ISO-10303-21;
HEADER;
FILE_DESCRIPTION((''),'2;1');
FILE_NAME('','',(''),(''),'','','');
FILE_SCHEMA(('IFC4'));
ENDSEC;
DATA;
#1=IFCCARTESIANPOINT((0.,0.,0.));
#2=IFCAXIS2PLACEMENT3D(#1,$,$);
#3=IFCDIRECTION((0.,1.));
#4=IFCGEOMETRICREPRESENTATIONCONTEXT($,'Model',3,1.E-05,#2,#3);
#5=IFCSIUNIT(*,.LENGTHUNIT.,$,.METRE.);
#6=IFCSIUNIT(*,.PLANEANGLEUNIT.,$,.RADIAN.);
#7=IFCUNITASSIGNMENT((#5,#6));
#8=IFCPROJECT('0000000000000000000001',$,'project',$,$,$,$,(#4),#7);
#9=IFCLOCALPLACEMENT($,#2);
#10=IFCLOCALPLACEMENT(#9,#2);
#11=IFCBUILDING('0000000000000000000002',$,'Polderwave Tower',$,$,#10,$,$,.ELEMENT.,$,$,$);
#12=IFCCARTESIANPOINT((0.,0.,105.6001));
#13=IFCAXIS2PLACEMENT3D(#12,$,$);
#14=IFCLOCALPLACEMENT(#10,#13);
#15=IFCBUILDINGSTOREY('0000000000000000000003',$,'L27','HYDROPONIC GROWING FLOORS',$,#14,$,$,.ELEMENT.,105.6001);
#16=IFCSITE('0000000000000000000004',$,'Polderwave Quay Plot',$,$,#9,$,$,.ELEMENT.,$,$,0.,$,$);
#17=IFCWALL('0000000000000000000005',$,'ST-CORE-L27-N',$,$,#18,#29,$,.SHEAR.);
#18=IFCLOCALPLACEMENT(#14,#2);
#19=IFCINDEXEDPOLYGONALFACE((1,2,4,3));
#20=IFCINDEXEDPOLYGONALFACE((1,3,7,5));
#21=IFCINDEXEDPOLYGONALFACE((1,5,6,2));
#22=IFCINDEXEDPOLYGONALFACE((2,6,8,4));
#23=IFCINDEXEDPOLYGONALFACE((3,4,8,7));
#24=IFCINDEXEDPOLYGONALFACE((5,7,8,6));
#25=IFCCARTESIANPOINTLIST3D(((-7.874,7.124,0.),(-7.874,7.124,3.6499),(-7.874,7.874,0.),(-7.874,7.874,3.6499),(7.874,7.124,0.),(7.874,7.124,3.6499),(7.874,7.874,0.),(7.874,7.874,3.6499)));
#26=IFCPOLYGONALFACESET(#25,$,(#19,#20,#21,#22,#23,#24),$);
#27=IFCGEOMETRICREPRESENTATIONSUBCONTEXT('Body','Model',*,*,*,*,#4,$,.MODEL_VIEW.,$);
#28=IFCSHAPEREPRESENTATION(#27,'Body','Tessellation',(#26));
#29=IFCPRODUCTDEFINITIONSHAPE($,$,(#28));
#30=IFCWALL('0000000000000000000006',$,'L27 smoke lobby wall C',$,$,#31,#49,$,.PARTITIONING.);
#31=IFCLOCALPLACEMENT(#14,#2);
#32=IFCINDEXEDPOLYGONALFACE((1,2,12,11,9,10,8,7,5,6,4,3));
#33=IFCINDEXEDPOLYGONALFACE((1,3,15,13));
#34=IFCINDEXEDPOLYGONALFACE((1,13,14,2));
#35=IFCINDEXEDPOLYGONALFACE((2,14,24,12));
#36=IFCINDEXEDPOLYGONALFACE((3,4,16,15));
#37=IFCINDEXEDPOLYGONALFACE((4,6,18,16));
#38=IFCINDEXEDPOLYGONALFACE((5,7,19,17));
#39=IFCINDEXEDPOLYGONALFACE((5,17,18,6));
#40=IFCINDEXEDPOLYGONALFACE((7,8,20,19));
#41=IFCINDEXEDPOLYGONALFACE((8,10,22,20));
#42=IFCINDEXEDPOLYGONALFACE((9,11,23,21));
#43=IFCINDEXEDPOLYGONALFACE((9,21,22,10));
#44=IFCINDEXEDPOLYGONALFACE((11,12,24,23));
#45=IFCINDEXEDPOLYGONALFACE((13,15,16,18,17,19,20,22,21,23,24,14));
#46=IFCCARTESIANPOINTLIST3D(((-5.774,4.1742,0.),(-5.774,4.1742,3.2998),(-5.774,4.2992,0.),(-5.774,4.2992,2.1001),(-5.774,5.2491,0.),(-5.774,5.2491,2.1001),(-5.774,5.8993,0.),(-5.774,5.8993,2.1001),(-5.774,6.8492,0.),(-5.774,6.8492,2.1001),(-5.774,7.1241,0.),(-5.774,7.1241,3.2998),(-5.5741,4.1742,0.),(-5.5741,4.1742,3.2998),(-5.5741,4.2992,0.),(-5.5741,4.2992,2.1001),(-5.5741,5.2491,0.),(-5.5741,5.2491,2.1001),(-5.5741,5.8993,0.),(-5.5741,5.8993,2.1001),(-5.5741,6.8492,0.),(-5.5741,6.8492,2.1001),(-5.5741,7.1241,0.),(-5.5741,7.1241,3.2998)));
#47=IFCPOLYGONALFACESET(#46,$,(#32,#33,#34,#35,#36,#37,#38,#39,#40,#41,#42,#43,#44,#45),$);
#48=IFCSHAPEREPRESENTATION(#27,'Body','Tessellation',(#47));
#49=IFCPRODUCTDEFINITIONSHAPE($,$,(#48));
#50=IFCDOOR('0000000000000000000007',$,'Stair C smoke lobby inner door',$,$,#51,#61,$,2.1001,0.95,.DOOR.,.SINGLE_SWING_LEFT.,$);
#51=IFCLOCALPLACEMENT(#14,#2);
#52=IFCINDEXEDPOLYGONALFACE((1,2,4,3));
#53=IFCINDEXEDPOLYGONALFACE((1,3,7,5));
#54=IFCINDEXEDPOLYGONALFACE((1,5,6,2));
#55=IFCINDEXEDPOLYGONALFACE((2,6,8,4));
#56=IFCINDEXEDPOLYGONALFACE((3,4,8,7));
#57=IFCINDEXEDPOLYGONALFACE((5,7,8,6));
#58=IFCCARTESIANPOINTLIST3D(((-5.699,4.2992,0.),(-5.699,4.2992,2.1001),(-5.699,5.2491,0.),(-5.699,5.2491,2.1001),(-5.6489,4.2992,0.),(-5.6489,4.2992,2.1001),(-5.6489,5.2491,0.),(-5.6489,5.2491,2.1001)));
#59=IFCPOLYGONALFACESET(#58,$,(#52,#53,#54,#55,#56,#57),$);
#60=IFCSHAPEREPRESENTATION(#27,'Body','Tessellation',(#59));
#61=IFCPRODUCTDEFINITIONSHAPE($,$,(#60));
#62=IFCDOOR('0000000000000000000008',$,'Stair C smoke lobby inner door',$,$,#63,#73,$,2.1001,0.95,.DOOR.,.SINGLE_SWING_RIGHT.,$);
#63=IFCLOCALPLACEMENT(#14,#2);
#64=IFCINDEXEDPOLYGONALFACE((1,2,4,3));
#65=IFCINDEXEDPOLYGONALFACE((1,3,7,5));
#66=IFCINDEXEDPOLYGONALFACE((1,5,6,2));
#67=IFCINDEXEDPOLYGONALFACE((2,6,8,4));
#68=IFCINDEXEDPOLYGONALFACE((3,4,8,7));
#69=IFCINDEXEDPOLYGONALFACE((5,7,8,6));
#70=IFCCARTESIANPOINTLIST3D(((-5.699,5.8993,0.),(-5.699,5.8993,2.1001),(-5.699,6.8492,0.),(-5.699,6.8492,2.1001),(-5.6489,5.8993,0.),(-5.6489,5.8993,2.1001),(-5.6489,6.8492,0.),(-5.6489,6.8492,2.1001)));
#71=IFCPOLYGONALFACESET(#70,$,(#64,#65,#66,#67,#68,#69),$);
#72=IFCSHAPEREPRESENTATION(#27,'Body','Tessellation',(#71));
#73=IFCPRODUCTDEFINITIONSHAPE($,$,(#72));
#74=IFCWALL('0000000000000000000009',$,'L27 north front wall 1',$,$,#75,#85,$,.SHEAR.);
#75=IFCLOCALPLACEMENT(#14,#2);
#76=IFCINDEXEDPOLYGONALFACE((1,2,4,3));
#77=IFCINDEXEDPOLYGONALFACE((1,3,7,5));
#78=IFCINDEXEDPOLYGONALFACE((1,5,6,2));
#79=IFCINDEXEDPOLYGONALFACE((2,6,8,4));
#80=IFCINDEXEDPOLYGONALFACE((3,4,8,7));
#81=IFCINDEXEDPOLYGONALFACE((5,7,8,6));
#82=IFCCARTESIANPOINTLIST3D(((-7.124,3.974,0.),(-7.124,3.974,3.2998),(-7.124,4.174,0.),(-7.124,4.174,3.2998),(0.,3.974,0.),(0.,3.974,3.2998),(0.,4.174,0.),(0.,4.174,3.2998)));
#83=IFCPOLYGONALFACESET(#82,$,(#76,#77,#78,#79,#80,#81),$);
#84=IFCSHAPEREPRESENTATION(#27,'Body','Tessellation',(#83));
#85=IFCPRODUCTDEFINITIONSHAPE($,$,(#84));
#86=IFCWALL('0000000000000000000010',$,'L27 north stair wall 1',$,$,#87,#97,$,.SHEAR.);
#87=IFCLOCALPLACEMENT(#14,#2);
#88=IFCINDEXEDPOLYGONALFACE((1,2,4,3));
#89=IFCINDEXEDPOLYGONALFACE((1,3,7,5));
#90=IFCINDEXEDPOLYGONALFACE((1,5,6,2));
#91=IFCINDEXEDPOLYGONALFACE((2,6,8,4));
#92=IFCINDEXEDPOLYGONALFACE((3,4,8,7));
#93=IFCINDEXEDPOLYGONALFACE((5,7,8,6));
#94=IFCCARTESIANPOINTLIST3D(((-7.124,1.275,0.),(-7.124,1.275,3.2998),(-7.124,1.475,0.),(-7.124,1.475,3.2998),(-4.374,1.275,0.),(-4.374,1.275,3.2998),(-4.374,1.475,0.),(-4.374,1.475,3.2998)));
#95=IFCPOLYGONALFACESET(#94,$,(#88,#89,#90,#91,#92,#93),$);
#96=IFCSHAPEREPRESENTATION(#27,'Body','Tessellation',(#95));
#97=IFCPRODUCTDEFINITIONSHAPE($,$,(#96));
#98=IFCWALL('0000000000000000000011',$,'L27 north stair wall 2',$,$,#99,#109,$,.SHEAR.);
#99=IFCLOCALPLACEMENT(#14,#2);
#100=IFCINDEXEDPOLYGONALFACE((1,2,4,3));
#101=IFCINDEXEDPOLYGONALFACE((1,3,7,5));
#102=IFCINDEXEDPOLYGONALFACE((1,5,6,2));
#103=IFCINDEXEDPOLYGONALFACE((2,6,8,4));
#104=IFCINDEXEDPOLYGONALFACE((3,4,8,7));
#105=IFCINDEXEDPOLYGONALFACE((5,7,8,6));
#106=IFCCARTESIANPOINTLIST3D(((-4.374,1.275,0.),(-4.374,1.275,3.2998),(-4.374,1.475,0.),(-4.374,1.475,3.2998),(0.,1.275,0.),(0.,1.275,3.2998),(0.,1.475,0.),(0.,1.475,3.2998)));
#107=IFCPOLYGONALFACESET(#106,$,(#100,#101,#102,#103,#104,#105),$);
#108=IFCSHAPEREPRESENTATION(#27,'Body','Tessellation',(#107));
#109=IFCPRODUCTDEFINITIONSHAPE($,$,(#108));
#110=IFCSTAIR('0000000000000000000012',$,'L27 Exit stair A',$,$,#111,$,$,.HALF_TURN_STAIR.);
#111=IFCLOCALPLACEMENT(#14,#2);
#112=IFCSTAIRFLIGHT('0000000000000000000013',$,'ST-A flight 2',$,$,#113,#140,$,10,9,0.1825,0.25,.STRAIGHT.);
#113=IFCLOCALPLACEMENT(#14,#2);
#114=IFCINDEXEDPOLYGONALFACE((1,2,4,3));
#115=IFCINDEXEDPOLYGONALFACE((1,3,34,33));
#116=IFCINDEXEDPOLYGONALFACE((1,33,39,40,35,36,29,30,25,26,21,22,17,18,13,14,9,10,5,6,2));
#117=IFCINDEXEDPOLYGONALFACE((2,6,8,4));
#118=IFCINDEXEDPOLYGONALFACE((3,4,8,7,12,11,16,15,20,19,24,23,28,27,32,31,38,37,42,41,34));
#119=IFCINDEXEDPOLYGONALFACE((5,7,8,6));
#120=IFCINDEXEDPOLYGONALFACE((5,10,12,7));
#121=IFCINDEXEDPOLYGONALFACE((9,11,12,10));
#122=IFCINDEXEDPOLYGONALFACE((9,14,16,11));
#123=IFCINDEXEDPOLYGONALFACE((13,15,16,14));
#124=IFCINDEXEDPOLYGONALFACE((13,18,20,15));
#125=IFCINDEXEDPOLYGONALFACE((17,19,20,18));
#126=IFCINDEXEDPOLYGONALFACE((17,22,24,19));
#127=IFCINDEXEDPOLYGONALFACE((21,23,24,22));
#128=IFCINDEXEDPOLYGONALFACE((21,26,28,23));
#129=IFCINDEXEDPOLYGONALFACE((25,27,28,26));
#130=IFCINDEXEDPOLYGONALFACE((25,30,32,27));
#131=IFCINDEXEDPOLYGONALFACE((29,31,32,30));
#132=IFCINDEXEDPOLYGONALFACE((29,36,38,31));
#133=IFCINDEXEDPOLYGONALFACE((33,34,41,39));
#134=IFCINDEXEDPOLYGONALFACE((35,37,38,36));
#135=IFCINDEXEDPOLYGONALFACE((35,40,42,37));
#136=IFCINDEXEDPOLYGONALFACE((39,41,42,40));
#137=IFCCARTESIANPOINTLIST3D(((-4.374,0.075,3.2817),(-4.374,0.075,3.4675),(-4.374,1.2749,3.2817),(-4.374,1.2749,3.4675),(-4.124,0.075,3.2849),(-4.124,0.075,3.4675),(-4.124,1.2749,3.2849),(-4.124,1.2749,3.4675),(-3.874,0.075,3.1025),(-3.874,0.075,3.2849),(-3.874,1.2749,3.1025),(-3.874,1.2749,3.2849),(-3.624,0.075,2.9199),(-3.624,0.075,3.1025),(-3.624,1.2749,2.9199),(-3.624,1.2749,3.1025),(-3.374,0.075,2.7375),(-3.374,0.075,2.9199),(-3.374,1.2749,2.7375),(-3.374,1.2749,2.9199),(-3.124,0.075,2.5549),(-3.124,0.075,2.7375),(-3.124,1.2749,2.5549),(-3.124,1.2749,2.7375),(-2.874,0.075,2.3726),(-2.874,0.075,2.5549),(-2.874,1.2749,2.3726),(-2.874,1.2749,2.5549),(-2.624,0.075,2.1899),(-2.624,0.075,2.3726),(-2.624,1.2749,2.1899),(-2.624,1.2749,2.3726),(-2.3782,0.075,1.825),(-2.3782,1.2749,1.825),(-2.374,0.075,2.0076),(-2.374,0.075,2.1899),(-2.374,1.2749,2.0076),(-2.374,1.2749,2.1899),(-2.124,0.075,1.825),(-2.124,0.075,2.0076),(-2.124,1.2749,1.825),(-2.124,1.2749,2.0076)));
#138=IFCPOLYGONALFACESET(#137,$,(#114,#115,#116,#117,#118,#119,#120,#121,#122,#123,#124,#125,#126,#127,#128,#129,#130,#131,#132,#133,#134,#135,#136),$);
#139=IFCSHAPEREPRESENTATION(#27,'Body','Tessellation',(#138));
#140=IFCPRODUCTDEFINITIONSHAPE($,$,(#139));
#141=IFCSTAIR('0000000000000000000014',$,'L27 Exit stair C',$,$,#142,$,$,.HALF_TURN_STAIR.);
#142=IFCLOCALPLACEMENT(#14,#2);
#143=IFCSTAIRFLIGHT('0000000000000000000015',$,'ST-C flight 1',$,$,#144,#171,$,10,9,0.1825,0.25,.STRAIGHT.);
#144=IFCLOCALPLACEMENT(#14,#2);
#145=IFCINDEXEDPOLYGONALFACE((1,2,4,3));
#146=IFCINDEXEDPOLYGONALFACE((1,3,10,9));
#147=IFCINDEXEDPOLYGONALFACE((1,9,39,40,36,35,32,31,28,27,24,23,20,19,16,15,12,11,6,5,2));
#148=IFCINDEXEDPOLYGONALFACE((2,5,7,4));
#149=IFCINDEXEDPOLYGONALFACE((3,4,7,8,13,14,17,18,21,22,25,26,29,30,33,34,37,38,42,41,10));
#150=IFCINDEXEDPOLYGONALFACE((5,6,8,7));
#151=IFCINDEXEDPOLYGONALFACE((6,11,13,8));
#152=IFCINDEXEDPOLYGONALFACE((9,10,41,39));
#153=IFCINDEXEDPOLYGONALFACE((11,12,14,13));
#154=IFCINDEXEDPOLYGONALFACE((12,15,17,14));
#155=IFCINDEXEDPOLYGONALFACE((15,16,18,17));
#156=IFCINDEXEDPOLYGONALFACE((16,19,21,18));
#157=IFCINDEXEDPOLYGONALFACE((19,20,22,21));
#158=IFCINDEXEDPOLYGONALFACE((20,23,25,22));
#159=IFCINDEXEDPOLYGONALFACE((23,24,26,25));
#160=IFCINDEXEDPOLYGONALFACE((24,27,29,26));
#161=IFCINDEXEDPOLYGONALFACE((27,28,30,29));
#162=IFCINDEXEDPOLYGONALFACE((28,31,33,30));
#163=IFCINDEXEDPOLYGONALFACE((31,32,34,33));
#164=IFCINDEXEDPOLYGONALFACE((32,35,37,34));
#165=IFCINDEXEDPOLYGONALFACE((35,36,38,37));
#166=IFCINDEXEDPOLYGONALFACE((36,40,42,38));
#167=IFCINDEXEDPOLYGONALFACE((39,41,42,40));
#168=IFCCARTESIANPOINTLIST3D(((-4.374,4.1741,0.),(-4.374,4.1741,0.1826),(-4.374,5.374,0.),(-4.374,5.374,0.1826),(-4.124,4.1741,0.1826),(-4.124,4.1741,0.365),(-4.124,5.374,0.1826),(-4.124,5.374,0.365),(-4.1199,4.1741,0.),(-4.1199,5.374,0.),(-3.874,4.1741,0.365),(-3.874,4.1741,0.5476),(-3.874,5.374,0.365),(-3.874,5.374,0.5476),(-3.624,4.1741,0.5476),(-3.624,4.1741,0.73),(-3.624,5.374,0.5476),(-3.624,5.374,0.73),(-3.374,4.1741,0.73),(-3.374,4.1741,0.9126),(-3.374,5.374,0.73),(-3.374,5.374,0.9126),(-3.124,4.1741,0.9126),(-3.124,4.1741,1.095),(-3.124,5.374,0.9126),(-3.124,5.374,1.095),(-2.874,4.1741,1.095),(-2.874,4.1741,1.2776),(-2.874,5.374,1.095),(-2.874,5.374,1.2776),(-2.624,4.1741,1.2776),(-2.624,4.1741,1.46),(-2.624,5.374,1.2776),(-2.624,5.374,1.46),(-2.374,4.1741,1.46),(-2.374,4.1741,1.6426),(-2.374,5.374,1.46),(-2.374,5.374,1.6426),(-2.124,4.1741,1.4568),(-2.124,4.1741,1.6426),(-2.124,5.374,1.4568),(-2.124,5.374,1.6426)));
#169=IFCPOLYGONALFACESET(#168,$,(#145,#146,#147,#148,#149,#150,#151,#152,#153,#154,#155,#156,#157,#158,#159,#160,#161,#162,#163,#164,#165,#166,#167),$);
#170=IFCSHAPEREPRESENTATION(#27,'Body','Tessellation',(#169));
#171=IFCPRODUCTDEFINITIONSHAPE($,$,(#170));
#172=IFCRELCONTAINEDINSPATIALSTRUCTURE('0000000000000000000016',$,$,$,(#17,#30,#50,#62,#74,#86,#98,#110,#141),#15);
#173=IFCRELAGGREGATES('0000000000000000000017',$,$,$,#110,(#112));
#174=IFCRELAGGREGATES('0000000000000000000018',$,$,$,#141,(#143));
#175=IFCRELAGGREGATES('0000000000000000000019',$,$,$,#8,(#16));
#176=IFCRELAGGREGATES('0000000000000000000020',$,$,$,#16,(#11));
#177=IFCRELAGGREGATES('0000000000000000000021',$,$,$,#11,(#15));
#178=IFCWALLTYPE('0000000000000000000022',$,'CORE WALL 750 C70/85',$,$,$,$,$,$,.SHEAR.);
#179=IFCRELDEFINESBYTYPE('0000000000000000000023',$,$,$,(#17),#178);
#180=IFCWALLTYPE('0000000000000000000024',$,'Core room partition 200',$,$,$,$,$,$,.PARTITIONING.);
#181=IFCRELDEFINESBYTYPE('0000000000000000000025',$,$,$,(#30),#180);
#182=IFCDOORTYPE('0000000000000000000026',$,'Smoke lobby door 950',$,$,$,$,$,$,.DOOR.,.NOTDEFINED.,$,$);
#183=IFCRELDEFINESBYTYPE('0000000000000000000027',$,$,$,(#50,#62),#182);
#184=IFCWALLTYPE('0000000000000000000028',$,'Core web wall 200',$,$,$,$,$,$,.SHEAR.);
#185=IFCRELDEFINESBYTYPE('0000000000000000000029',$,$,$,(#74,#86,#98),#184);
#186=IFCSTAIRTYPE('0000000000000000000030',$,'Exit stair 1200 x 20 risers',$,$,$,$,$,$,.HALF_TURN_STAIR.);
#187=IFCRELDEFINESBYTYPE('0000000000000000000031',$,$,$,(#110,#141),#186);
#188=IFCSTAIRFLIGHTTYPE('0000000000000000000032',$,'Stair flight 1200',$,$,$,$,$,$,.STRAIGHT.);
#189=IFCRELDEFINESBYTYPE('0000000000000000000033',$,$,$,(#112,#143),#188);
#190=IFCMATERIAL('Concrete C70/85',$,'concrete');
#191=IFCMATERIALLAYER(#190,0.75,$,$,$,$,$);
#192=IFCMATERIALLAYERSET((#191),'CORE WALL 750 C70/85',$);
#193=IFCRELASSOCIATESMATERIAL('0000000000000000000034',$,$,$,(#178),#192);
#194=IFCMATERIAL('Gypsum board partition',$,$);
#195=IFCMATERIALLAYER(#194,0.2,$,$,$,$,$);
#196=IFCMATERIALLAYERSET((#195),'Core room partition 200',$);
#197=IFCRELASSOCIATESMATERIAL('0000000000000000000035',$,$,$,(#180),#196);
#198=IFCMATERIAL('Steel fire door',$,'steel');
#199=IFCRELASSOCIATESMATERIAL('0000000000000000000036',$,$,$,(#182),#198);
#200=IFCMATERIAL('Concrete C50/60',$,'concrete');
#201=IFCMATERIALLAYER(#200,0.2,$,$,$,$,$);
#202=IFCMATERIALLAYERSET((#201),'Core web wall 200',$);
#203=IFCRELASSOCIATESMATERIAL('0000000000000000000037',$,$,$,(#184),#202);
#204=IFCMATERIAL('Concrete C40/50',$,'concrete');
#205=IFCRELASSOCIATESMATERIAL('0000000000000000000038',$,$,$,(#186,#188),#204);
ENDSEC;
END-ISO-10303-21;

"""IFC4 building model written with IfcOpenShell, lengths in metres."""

from ifc_helpers import new_model, si_unit, direction, frame, frame_2d, origin, place, context, subcontext, project, spatial, polyline, rectangle, outline, extrude, material, layer, layer_set, type_object, element, fill, aggregate, save


model = new_model("IFC4")

# Units and contexts
model_context = context("Model", 3, precision=1e-05, world=origin(), true_north=direction((0.0, 1.0)))
body_context = subcontext(model_context, "Body", "Model", "MODEL_VIEW")
ifc_project = project(units=[si_unit("LENGTHUNIT", "METRE"), si_unit("PLANEANGLEUNIT", "RADIAN")], contexts=[model_context])

# Site, building, storey
site_placement = place(None, origin())
site = spatial("IfcSite", under=ifc_project, at=site_placement, Name="Polderwave Quay Plot", CompositionType="ELEMENT", RefElevation=0.0)
building_placement = place(site_placement, origin())
building = spatial("IfcBuilding", under=site, at=building_placement, Name="Polderwave Tower", CompositionType="ELEMENT")
storey_placement = place(building_placement, frame((0.0, 0.0, 105.6001)))
storey = spatial("IfcBuildingStorey", under=building, at=storey_placement, Name="L27", Description="HYDROPONIC GROWING FLOORS", CompositionType="ELEMENT", Elevation=105.6001)

# Wall
ifc_material_1 = material(Name="Concrete C70/85", Category="concrete")
ifc_layer_1 = layer(ifc_material_1, 0.75)
ifc_layer_set_1 = layer_set([ifc_layer_1], Name="CORE WALL 750 C70/85")
wall_type_1 = type_object("IfcWallType", Name="CORE WALL 750 C70/85", PredefinedType="SHEAR", material=ifc_layer_set_1)
wall_1_placement = place(storey_placement, frame((-7.874, 7.499, 0.0), z_axis=(0.0, 0.0, 1.0), x_axis=(1.0, 0.0, 0.0)))
element("IfcWall", 1, at=wall_1_placement, inside=storey, type_object=wall_type_1, Name="ST-CORE-L27-N", PredefinedType="SHEAR", context=body_context, shape_type="SweptSolid", body=[
    extrude(rectangle(XDim=15.748, YDim=0.75, at=frame_2d((7.874, 0.0))), origin(), (0.0, 0.0, 1.0), 3.6499),
])

# Wall, openings, doors
ifc_material_2 = material(Name="Gypsum board partition")
ifc_layer_2 = layer(ifc_material_2, 0.2)
ifc_layer_set_2 = layer_set([ifc_layer_2], Name="Core room partition 200")
wall_type_2 = type_object("IfcWallType", Name="Core room partition 200", PredefinedType="PARTITIONING", material=ifc_layer_set_2)
wall_2_placement = place(storey_placement, frame((-5.6741, 4.1741, 0.0), z_axis=(0.0, 0.0, 1.0), x_axis=(0.0, 1.0, 0.0)))
wall_2 = element("IfcWall", 2, at=wall_2_placement, inside=storey, type_object=wall_type_2, Name="L27 smoke lobby wall C", PredefinedType="PARTITIONING", context=body_context, shape_type="SweptSolid", body=[
    extrude(rectangle(XDim=2.95, YDim=0.2, at=frame_2d((1.4751, 0.0))), origin(), (0.0, 0.0, 1.0), 3.2998),
])
opening_1_placement = place(wall_2_placement, frame((0.125, 0.0, 0.0)))
opening_1 = element("IfcOpeningElement", 3, at=opening_1_placement, cuts=wall_2, PredefinedType="OPENING", context=body_context, shape_type="SweptSolid", body=[
    extrude(rectangle(XDim=0.95, YDim=2.1001, at=frame_2d((0.4751, 1.05))), frame((0.0, 0.1099, 0.0), z_axis=(0.0, -1.0, 0.0), x_axis=(1.0, 0.0, 0.0)), (0.0, 0.0, 1.0), 0.22),
])
opening_2_placement = place(wall_2_placement, frame((1.7251, 0.0, 0.0)))
opening_2 = element("IfcOpeningElement", 4, at=opening_2_placement, cuts=wall_2, PredefinedType="OPENING", context=body_context, shape_type="SweptSolid", body=[
    extrude(rectangle(XDim=0.95, YDim=2.1001, at=frame_2d((0.4751, 1.05))), frame((0.0, 0.1099, 0.0), z_axis=(0.0, -1.0, 0.0), x_axis=(1.0, 0.0, 0.0)), (0.0, 0.0, 1.0), 0.22),
])
ifc_material_3 = material(Name="Steel fire door", Category="steel")
door_type = type_object("IfcDoorType", Name="Smoke lobby door 950", OperationType="NOTDEFINED", PredefinedType="DOOR", material=ifc_material_3)
door_1_placement = place(opening_1_placement, origin())
door_1 = element("IfcDoor", 5, at=door_1_placement, inside=storey, type_object=door_type, Name="Stair C smoke lobby inner door", OperationType="SINGLE_SWING_LEFT", OverallHeight=2.1001, OverallWidth=0.95, PredefinedType="DOOR", context=body_context, shape_type="SweptSolid", body=[
    extrude(rectangle(XDim=0.95, YDim=2.1001, at=frame_2d((0.4751, 1.05))), frame((0.0, 0.0249, 0.0), z_axis=(0.0, -1.0, 0.0), x_axis=(1.0, 0.0, 0.0)), (0.0, 0.0, 1.0), 0.05),
])
fill(opening_1, door_1)
door_2_placement = place(opening_2_placement, origin())
door_2 = element("IfcDoor", 6, at=door_2_placement, inside=storey, type_object=door_type, Name="Stair C smoke lobby inner door", OperationType="SINGLE_SWING_RIGHT", OverallHeight=2.1001, OverallWidth=0.95, PredefinedType="DOOR", context=body_context, shape_type="SweptSolid", body=[
    extrude(rectangle(XDim=0.95, YDim=2.1001, at=frame_2d((0.4751, 1.05))), frame((0.0, 0.0249, 0.0), z_axis=(0.0, -1.0, 0.0), x_axis=(1.0, 0.0, 0.0)), (0.0, 0.0, 1.0), 0.05),
])
fill(opening_2, door_2)

# Walls
ifc_material_4 = material(Name="Concrete C50/60", Category="concrete")
ifc_layer_3 = layer(ifc_material_4, 0.2)
ifc_layer_set_3 = layer_set([ifc_layer_3], Name="Core web wall 200")
wall_type_3 = type_object("IfcWallType", Name="Core web wall 200", PredefinedType="SHEAR", material=ifc_layer_set_3)
wall_3_placement = place(storey_placement, frame((-7.124, 4.074, 0.0), z_axis=(0.0, 0.0, 1.0), x_axis=(1.0, 0.0, 0.0)))
element("IfcWall", 7, at=wall_3_placement, inside=storey, type_object=wall_type_3, Name="L27 north front wall 1", PredefinedType="SHEAR", context=body_context, shape_type="SweptSolid", body=[
    extrude(rectangle(XDim=7.124, YDim=0.2, at=frame_2d((3.562, 0.0))), origin(), (0.0, 0.0, 1.0), 3.2998),
])
wall_4_placement = place(storey_placement, frame((-7.124, 1.375, 0.0), z_axis=(0.0, 0.0, 1.0), x_axis=(1.0, 0.0, 0.0)))
element("IfcWall", 8, at=wall_4_placement, inside=storey, type_object=wall_type_3, Name="L27 north stair wall 1", PredefinedType="SHEAR", context=body_context, shape_type="SweptSolid", body=[
    extrude(rectangle(XDim=2.75, YDim=0.2, at=frame_2d((1.375, 0.0))), origin(), (0.0, 0.0, 1.0), 3.2998),
])
wall_5_placement = place(storey_placement, frame((-4.374, 1.375, 0.0), z_axis=(0.0, 0.0, 1.0), x_axis=(1.0, 0.0, 0.0)))
element("IfcWall", 9, at=wall_5_placement, inside=storey, type_object=wall_type_3, Name="L27 north stair wall 2", PredefinedType="SHEAR", context=body_context, shape_type="SweptSolid", body=[
    extrude(rectangle(XDim=4.374, YDim=0.2, at=frame_2d((2.187, 0.0))), origin(), (0.0, 0.0, 1.0), 3.2998),
])

# Stair, stair flight
ifc_material_5 = material(Name="Concrete C40/50", Category="concrete")
stair_type = type_object("IfcStairType", Name="Exit stair 1200 x 20 risers", PredefinedType="HALF_TURN_STAIR", material=ifc_material_5)
stair_1_placement = place(storey_placement, origin())
stair_1 = element("IfcStair", 10, at=stair_1_placement, inside=storey, type_object=stair_type, Name="L27 Exit stair A", PredefinedType="HALF_TURN_STAIR")
stair_flight_type = type_object("IfcStairFlightType", Name="Stair flight 1200", PredefinedType="STRAIGHT", material=ifc_material_5)
stair_flight_1_placement = place(storey_placement, frame((-2.124, 0.675, 1.825), z_axis=(0.0, 0.0, 1.0), x_axis=(-1.0, 0.0, 0.0)))
stair_flight_1 = element("IfcStairFlight", 11, at=stair_flight_1_placement, type_object=stair_flight_type, Name="ST-A flight 2", NumberOfRisers=10, NumberOfTreads=9, PredefinedType="STRAIGHT", RiserHeight=0.1825, TreadLength=0.25, context=body_context, shape_type="SweptSolid", body=[
    extrude(outline(polyline([(0.0, 0.0), (0.0, 0.1826), (0.25, 0.1826), (0.25, 0.365), (0.5, 0.365), (0.5, 0.5476), (0.75, 0.5476), (0.75, 0.73), (1.0, 0.73), (1.0, 0.9126), (1.25, 0.9126), (1.25, 1.095), (1.5, 1.095), (1.5, 1.2776), (1.75, 1.2776), (1.75, 1.46), (2.0, 1.46), (2.0, 1.6426), (2.25, 1.6426), (2.25, 1.825), (2.25, 1.4568), (0.2542, 0.0), (0.0, 0.0)])), frame((0.0, 0.6001, 0.0), z_axis=(0.0, -1.0, 0.0), x_axis=(1.0, 0.0, 0.0)), (0.0, 0.0, 1.0), 1.2),
])
aggregate(stair_1, [stair_flight_1])

# Stair, stair flight
stair_2_placement = place(storey_placement, origin())
stair_2 = element("IfcStair", 12, at=stair_2_placement, inside=storey, type_object=stair_type, Name="L27 Exit stair C", PredefinedType="HALF_TURN_STAIR")
stair_flight_2_placement = place(storey_placement, frame((-4.374, 4.7739, 0.0), z_axis=(0.0, 0.0, 1.0), x_axis=(1.0, 0.0, 0.0)))
stair_flight_2 = element("IfcStairFlight", 13, at=stair_flight_2_placement, type_object=stair_flight_type, Name="ST-C flight 1", NumberOfRisers=10, NumberOfTreads=9, PredefinedType="STRAIGHT", RiserHeight=0.1825, TreadLength=0.25, context=body_context, shape_type="SweptSolid", body=[
    extrude(outline(polyline([(0.0, 0.0), (0.0, 0.1826), (0.25, 0.1826), (0.25, 0.365), (0.5, 0.365), (0.5, 0.5476), (0.75, 0.5476), (0.75, 0.73), (1.0, 0.73), (1.0, 0.9126), (1.25, 0.9126), (1.25, 1.095), (1.5, 1.095), (1.5, 1.2776), (1.75, 1.2776), (1.75, 1.46), (2.0, 1.46), (2.0, 1.6426), (2.25, 1.6426), (2.25, 1.825), (2.25, 1.4568), (0.2542, 0.0), (0.0, 0.0)])), frame((0.0, 0.6001, 0.0), z_axis=(0.0, -1.0, 0.0), x_axis=(1.0, 0.0, 0.0)), (0.0, 0.0, 1.0), 1.2),
])
aggregate(stair_2, [stair_flight_2])

save(model, "model.ifc")
